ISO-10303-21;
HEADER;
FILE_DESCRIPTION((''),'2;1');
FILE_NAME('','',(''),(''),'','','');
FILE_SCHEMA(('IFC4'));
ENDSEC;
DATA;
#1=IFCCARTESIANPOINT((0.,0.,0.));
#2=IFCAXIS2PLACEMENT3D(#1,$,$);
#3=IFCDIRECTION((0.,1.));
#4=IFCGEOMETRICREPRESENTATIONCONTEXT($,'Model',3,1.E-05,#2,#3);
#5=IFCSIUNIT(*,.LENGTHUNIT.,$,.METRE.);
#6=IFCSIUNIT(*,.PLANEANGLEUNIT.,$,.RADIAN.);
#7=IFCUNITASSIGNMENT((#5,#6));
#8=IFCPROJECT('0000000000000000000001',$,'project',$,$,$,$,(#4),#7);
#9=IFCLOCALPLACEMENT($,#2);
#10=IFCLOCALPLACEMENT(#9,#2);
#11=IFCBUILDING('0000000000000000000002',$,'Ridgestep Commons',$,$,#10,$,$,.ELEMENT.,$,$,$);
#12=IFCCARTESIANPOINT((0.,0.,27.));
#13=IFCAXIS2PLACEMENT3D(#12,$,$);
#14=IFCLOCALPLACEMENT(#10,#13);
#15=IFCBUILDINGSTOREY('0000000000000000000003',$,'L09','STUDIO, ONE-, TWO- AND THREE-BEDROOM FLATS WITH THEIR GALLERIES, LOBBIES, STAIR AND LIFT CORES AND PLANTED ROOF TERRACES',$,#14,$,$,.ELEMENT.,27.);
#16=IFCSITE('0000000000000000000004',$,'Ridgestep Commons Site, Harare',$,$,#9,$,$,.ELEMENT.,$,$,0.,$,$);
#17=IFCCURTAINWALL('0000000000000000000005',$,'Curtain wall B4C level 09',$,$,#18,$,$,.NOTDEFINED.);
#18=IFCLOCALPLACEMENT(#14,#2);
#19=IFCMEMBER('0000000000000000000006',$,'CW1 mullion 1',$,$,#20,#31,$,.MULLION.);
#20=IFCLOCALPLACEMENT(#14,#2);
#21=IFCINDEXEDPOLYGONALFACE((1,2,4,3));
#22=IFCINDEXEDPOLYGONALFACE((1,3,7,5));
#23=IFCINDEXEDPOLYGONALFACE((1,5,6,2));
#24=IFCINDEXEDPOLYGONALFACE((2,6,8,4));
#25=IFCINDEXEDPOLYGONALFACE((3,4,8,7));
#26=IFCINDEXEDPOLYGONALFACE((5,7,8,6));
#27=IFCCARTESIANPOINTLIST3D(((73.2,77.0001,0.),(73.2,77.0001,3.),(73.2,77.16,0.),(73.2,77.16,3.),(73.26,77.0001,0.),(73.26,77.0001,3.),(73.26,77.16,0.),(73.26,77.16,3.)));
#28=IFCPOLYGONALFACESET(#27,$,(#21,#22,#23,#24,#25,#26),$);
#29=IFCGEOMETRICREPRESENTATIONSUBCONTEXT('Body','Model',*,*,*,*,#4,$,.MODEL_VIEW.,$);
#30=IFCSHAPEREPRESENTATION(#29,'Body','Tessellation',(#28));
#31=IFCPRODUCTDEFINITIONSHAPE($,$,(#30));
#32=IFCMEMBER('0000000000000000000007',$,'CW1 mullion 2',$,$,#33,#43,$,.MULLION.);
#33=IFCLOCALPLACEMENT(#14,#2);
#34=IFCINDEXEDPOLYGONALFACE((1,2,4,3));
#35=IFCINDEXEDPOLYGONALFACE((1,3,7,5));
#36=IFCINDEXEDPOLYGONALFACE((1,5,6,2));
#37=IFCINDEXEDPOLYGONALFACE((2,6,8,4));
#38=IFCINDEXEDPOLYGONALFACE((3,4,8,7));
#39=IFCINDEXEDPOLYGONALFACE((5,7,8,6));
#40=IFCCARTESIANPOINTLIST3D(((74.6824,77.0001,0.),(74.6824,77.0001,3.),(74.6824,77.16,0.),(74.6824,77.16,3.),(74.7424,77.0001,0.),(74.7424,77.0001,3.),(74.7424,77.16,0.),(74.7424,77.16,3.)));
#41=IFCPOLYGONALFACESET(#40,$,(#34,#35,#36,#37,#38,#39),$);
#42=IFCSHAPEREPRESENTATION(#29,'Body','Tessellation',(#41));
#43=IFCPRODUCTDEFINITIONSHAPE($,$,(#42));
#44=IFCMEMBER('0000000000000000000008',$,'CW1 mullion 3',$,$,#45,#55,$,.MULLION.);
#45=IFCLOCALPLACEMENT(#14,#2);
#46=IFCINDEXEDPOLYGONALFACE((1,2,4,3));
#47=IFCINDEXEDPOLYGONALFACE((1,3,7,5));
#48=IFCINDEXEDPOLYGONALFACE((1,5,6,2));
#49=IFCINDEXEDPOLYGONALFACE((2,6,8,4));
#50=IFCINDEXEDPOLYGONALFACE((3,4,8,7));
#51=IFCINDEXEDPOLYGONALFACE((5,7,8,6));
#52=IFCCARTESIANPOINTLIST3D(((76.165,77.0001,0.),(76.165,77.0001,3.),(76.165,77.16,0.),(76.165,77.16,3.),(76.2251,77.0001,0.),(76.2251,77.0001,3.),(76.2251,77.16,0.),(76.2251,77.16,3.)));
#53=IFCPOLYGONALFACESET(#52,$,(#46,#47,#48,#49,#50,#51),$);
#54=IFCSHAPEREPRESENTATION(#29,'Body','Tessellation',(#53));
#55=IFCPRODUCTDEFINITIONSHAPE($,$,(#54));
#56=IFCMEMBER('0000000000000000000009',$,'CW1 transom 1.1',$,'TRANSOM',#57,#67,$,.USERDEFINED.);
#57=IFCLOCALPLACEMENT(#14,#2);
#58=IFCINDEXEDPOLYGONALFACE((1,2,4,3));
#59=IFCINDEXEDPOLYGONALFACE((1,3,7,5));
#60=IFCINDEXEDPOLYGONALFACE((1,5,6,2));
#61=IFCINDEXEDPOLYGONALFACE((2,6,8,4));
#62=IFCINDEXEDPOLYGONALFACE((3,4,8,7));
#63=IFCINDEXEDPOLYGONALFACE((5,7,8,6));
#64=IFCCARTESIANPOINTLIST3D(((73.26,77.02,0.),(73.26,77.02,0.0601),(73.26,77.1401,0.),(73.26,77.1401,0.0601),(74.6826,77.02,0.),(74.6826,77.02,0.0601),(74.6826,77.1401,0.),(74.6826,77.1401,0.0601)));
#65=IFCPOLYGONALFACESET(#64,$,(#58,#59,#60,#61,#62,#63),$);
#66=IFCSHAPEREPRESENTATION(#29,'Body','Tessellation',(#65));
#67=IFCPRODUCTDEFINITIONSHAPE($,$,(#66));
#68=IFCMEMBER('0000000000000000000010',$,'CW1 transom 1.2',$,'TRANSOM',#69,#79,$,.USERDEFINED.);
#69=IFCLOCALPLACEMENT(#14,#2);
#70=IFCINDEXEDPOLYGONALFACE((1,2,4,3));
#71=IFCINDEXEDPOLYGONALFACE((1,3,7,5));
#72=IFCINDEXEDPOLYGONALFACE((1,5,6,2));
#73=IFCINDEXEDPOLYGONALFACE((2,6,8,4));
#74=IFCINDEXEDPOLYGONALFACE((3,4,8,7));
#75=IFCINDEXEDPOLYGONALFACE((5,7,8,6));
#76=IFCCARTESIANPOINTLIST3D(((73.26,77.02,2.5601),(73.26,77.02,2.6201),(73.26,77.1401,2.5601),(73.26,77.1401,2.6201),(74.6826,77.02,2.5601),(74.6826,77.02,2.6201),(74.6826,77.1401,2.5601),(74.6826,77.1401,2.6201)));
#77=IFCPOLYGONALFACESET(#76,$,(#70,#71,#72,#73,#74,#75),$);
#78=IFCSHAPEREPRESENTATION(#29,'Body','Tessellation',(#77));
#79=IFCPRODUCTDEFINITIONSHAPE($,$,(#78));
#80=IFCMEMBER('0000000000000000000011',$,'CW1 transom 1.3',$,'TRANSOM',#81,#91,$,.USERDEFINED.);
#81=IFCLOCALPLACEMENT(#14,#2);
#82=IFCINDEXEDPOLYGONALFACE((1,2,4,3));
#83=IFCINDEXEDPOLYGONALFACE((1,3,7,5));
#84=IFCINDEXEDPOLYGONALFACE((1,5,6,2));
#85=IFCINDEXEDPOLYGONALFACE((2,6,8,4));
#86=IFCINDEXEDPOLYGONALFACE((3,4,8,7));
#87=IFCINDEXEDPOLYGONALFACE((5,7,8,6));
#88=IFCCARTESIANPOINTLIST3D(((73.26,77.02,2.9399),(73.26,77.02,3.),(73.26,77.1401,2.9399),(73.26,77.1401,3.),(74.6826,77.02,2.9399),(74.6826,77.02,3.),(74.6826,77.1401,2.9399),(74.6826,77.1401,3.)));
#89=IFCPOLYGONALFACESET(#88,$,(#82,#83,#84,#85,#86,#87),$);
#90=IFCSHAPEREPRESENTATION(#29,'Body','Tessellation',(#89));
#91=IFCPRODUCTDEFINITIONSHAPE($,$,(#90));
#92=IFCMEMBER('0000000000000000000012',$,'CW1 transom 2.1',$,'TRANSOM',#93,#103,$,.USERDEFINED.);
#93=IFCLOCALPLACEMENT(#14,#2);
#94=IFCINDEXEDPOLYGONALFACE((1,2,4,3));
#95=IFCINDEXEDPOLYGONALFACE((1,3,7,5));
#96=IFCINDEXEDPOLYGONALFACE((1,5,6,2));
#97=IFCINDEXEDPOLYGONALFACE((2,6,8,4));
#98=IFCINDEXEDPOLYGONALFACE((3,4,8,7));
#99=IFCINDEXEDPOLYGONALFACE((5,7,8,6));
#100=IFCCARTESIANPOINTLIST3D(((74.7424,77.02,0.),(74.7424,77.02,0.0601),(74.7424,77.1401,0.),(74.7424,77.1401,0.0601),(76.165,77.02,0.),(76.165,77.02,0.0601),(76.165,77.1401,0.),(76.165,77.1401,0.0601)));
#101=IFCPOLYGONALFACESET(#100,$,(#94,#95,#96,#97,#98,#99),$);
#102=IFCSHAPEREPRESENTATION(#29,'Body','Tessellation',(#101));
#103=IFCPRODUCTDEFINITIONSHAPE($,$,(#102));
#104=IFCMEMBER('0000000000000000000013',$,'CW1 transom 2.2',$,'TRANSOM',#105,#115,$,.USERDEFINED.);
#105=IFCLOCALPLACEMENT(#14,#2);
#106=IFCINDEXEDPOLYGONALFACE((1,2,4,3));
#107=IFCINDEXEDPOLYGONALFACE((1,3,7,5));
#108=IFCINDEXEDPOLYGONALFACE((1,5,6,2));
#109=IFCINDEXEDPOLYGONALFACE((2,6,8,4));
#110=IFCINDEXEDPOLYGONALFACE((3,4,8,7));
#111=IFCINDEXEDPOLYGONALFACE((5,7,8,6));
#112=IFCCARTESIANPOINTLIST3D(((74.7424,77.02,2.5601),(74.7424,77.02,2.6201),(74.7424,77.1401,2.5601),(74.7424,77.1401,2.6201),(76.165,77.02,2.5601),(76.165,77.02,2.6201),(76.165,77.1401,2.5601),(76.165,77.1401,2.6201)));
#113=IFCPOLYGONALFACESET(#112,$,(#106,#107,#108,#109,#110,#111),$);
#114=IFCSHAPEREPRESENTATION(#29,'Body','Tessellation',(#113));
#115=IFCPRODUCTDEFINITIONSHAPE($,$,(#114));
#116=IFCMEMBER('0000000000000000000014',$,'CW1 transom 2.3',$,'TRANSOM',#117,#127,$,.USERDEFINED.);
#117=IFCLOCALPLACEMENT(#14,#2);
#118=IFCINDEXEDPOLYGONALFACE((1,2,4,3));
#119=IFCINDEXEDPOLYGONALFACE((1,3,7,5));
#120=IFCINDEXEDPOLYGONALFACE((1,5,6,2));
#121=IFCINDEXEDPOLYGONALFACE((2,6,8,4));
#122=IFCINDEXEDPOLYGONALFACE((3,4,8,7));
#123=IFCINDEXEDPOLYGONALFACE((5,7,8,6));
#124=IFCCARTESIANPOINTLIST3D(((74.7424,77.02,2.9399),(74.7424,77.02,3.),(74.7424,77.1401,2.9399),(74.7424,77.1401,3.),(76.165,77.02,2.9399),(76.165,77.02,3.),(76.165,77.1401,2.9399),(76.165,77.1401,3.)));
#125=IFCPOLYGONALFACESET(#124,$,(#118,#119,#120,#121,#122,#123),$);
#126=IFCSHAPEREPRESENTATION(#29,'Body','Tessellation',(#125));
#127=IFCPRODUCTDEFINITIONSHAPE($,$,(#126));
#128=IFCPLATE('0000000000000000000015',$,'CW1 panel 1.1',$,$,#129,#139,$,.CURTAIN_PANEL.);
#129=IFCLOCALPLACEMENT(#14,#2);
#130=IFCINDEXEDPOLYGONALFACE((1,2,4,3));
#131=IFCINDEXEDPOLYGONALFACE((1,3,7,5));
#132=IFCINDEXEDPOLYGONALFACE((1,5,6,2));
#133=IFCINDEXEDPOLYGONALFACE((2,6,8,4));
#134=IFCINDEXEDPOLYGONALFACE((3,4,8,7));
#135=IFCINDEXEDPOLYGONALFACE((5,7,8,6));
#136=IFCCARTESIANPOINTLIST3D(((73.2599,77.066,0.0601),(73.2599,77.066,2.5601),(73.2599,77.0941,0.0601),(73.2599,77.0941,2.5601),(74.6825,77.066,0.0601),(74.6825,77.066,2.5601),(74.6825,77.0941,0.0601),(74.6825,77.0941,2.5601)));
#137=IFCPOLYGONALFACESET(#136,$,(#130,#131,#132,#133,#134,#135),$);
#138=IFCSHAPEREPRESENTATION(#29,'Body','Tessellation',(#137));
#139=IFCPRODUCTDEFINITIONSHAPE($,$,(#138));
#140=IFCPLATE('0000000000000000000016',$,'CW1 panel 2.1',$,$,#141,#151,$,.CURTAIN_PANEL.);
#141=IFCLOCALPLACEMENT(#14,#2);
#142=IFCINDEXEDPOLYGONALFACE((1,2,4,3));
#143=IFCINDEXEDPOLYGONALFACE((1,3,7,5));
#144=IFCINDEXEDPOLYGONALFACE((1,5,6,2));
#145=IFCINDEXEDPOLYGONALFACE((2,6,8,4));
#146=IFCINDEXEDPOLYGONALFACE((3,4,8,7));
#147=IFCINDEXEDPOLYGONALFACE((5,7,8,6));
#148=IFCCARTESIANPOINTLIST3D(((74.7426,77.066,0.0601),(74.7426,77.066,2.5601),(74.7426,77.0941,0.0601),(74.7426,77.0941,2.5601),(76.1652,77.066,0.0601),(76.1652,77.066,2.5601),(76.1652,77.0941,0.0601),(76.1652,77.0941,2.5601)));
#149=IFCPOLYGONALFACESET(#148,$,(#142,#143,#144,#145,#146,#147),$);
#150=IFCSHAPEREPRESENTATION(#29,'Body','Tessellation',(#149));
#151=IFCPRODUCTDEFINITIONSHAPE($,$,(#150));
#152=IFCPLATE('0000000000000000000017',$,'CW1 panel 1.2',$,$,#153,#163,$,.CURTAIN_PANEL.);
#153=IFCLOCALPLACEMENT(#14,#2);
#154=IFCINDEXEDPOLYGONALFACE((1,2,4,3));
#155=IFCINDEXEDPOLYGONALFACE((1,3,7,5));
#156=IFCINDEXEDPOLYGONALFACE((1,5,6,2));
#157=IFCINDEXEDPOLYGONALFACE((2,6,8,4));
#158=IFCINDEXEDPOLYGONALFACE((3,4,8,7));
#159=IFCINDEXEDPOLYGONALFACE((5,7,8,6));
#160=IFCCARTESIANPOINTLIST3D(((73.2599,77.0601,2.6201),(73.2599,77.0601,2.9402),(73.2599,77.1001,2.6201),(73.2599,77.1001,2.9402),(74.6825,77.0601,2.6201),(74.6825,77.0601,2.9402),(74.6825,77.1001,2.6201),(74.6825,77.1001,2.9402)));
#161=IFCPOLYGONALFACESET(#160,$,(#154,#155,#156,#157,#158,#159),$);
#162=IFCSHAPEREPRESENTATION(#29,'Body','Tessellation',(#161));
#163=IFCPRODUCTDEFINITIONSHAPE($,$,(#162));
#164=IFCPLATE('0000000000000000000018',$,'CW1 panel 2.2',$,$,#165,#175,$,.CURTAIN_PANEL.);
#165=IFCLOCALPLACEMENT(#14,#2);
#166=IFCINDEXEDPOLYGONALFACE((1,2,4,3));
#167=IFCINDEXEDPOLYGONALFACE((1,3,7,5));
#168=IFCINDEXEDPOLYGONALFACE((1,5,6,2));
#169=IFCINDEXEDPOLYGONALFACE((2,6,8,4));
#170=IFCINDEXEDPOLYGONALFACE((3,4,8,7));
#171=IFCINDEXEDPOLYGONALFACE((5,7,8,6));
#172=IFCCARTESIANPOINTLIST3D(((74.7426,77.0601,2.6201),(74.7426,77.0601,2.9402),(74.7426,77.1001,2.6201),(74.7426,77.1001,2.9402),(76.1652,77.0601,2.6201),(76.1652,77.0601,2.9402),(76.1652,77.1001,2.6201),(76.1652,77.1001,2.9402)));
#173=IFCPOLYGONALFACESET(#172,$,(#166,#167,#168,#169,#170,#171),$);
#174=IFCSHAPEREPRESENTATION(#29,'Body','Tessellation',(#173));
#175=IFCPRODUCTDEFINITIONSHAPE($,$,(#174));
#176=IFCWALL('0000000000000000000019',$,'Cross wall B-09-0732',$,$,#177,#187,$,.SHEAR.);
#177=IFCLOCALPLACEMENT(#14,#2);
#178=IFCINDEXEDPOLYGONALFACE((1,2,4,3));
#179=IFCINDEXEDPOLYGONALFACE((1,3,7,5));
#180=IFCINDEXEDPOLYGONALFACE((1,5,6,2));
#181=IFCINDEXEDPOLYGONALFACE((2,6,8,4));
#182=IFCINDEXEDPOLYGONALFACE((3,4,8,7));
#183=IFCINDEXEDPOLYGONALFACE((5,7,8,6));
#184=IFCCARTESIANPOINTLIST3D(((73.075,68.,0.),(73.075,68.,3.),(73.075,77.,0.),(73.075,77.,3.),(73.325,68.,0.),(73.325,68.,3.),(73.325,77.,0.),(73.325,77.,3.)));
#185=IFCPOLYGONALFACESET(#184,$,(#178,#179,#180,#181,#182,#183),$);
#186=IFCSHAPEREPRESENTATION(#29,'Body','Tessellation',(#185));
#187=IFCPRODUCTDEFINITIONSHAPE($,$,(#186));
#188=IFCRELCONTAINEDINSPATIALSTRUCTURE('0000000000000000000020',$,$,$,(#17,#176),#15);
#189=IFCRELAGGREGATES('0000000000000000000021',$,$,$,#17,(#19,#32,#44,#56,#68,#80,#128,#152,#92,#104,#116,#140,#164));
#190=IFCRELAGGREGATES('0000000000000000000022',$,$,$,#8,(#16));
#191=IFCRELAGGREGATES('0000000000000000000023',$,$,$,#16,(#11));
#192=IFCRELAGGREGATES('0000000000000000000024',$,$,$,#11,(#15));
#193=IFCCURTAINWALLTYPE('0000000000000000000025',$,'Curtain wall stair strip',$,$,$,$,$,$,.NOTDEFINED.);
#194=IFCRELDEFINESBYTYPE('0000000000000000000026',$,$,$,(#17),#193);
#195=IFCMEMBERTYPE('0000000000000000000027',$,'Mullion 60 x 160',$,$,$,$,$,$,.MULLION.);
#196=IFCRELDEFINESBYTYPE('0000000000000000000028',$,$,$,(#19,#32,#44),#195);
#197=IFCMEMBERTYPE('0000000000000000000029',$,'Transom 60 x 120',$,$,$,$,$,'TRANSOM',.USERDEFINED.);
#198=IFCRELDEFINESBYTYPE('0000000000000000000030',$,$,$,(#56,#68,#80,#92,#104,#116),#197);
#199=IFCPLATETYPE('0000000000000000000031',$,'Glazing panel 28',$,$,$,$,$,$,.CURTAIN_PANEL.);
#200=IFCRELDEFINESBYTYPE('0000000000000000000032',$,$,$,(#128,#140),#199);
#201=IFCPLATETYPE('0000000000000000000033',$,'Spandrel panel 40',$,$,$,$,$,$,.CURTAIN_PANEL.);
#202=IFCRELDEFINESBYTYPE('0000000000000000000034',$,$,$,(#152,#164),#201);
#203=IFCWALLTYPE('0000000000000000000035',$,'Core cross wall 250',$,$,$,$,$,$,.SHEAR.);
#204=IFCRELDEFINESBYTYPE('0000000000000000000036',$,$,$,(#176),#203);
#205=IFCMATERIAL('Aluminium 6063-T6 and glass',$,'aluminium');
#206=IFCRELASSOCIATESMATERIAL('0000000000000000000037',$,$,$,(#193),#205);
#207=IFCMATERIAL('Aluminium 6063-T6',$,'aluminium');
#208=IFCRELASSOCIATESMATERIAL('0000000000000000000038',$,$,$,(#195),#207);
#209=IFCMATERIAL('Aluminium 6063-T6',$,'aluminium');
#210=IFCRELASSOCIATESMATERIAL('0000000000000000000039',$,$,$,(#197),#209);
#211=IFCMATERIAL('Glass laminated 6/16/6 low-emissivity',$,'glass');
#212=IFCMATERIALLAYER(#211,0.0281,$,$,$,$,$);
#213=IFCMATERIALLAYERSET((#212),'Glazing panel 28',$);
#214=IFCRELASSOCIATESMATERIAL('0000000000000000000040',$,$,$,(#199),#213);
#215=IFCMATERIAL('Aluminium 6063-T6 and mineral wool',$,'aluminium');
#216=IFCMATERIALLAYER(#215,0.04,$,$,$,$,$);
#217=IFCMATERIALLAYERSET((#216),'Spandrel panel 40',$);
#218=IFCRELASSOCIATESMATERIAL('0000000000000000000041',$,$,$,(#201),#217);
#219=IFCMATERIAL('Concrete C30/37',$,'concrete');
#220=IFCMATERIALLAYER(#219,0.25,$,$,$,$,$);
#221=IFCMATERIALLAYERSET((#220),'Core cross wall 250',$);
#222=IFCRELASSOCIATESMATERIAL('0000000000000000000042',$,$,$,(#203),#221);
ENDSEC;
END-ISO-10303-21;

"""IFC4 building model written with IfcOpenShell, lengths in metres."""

from ifc_helpers import new_model, si_unit, direction, frame, frame_2d, origin, origin_2d, place, context, subcontext, project, spatial, rectangle, extrude, material, layer, layer_set, material_profile, profile_set, type_object, element, aggregate, save


model = new_model("IFC4")

# Units and contexts
model_context = context("Model", 3, precision=1e-05, world=origin(), true_north=direction((0.0, 1.0)))
body_context = subcontext(model_context, "Body", "Model", "MODEL_VIEW")
ifc_project = project(units=[si_unit("LENGTHUNIT", "METRE"), si_unit("PLANEANGLEUNIT", "RADIAN")], contexts=[model_context])

# Site, building, storey
site_placement = place(None, origin())
site = spatial("IfcSite", under=ifc_project, at=site_placement, Name="Ridgestep Commons Site, Harare", CompositionType="ELEMENT", RefElevation=0.0)
building_placement = place(site_placement, origin())
building = spatial("IfcBuilding", under=site, at=building_placement, Name="Ridgestep Commons", CompositionType="ELEMENT")
storey_placement = place(building_placement, frame((0.0, 0.0, 27.0)))
storey = spatial("IfcBuildingStorey", under=building, at=storey_placement, Name="L09", Description="STUDIO, ONE-, TWO- AND THREE-BEDROOM FLATS WITH THEIR GALLERIES, LOBBIES, STAIR AND LIFT CORES AND PLANTED ROOF TERRACES", CompositionType="ELEMENT", Elevation=27.0)

# Curtain wall, members, plates
ifc_material_1 = material(Name="Aluminium 6063-T6 and glass", Category="aluminium")
curtain_wall_type = type_object("IfcCurtainWallType", Name="Curtain wall stair strip", PredefinedType="NOTDEFINED", material=ifc_material_1)
curtain_wall_placement = place(storey_placement, origin())
curtain_wall = element("IfcCurtainWall", 1, at=curtain_wall_placement, inside=storey, type_object=curtain_wall_type, Name="Curtain wall B4C level 09", PredefinedType="NOTDEFINED")
ifc_material_2 = material(Name="Aluminium 6063-T6", Category="aluminium")
ifc_material_profile_1 = material_profile(ifc_material_2, rectangle(XDim=0.1599, YDim=0.0601, at=origin_2d()), Name="Mullion 60 x 160")
ifc_profile_set_1 = profile_set([ifc_material_profile_1], Name="Aluminium 6063-T6")
member_type_1 = type_object("IfcMemberType", Name="Mullion 60 x 160", PredefinedType="MULLION", material=ifc_profile_set_1)
member_1_placement = place(storey_placement, frame((73.23, 77.0801, 0.0), z_axis=(0.0, 0.0, 1.0), x_axis=(0.0, 1.0, 0.0)))
member_1 = element("IfcMember", 2, at=member_1_placement, type_object=member_type_1, Name="CW1 mullion 1", PredefinedType="MULLION", context=body_context, shape_type="SweptSolid", body=[
    extrude(rectangle(XDim=0.1599, YDim=0.0601, at=origin_2d()), origin(), (0.0, 0.0, 1.0), 3.0),
])
member_2_placement = place(storey_placement, frame((74.7124, 77.0801, 0.0), z_axis=(0.0, 0.0, 1.0), x_axis=(0.0, 1.0, 0.0)))
member_2 = element("IfcMember", 3, at=member_2_placement, type_object=member_type_1, Name="CW1 mullion 2", PredefinedType="MULLION", context=body_context, shape_type="SweptSolid", body=[
    extrude(rectangle(XDim=0.1599, YDim=0.0601, at=origin_2d()), origin(), (0.0, 0.0, 1.0), 3.0),
])
member_3_placement = place(storey_placement, frame((76.1951, 77.0801, 0.0), z_axis=(0.0, 0.0, 1.0), x_axis=(0.0, 1.0, 0.0)))
member_3 = element("IfcMember", 4, at=member_3_placement, type_object=member_type_1, Name="CW1 mullion 3", PredefinedType="MULLION", context=body_context, shape_type="SweptSolid", body=[
    extrude(rectangle(XDim=0.1599, YDim=0.0601, at=origin_2d()), origin(), (0.0, 0.0, 1.0), 3.0),
])
ifc_material_3 = material(Name="Aluminium 6063-T6", Category="aluminium")
ifc_material_profile_2 = material_profile(ifc_material_3, rectangle(XDim=0.1201, YDim=0.0601, at=origin_2d()), Name="Transom 60 x 120")
ifc_profile_set_2 = profile_set([ifc_material_profile_2], Name="Aluminium 6063-T6")
member_type_2 = type_object("IfcMemberType", Name="Transom 60 x 120", ElementType="TRANSOM", PredefinedType="USERDEFINED", material=ifc_profile_set_2)
member_4_placement = place(storey_placement, frame((73.26, 77.0801, 0.03), z_axis=(1.0, 0.0, 0.0), x_axis=(0.0, 1.0, 0.0)))
member_4 = element("IfcMember", 5, at=member_4_placement, type_object=member_type_2, Name="CW1 transom 1.1", ObjectType="TRANSOM", PredefinedType="USERDEFINED", context=body_context, shape_type="SweptSolid", body=[
    extrude(rectangle(XDim=0.1201, YDim=0.0601, at=origin_2d()), origin(), (0.0, 0.0, 1.0), 1.4226),
])
member_5_placement = place(storey_placement, frame((73.26, 77.0801, 2.5901), z_axis=(1.0, 0.0, 0.0), x_axis=(0.0, 1.0, 0.0)))
member_5 = element("IfcMember", 6, at=member_5_placement, type_object=member_type_2, Name="CW1 transom 1.2", ObjectType="TRANSOM", PredefinedType="USERDEFINED", context=body_context, shape_type="SweptSolid", body=[
    extrude(rectangle(XDim=0.1201, YDim=0.0601, at=origin_2d()), origin(), (0.0, 0.0, 1.0), 1.4226),
])
member_6_placement = place(storey_placement, frame((73.26, 77.0801, 2.97), z_axis=(1.0, 0.0, 0.0), x_axis=(0.0, 1.0, 0.0)))
member_6 = element("IfcMember", 7, at=member_6_placement, type_object=member_type_2, Name="CW1 transom 1.3", ObjectType="TRANSOM", PredefinedType="USERDEFINED", context=body_context, shape_type="SweptSolid", body=[
    extrude(rectangle(XDim=0.1201, YDim=0.0601, at=origin_2d()), origin(), (0.0, 0.0, 1.0), 1.4226),
])
member_7_placement = place(storey_placement, frame((74.7424, 77.0801, 0.03), z_axis=(1.0, 0.0, 0.0), x_axis=(0.0, 1.0, 0.0)))
member_7 = element("IfcMember", 8, at=member_7_placement, type_object=member_type_2, Name="CW1 transom 2.1", ObjectType="TRANSOM", PredefinedType="USERDEFINED", context=body_context, shape_type="SweptSolid", body=[
    extrude(rectangle(XDim=0.1201, YDim=0.0601, at=origin_2d()), origin(), (0.0, 0.0, 1.0), 1.4226),
])
member_8_placement = place(storey_placement, frame((74.7424, 77.0801, 2.5901), z_axis=(1.0, 0.0, 0.0), x_axis=(0.0, 1.0, 0.0)))
member_8 = element("IfcMember", 9, at=member_8_placement, type_object=member_type_2, Name="CW1 transom 2.2", ObjectType="TRANSOM", PredefinedType="USERDEFINED", context=body_context, shape_type="SweptSolid", body=[
    extrude(rectangle(XDim=0.1201, YDim=0.0601, at=origin_2d()), origin(), (0.0, 0.0, 1.0), 1.4226),
])
member_9_placement = place(storey_placement, frame((74.7424, 77.0801, 2.97), z_axis=(1.0, 0.0, 0.0), x_axis=(0.0, 1.0, 0.0)))
member_9 = element("IfcMember", 10, at=member_9_placement, type_object=member_type_2, Name="CW1 transom 2.3", ObjectType="TRANSOM", PredefinedType="USERDEFINED", context=body_context, shape_type="SweptSolid", body=[
    extrude(rectangle(XDim=0.1201, YDim=0.0601, at=origin_2d()), origin(), (0.0, 0.0, 1.0), 1.4226),
])
ifc_material_4 = material(Name="Glass laminated 6/16/6 low-emissivity", Category="glass")
ifc_layer_1 = layer(ifc_material_4, 0.0281)
ifc_layer_set_1 = layer_set([ifc_layer_1], Name="Glazing panel 28")
plate_type_1 = type_object("IfcPlateType", Name="Glazing panel 28", PredefinedType="CURTAIN_PANEL", material=ifc_layer_set_1)
plate_1_placement = place(storey_placement, frame((73.9712, 77.0801, 0.0601), z_axis=(0.0, 0.0, 1.0), x_axis=(1.0, 0.0, 0.0)))
plate_1 = element("IfcPlate", 11, at=plate_1_placement, type_object=plate_type_1, Name="CW1 panel 1.1", PredefinedType="CURTAIN_PANEL", context=body_context, shape_type="SweptSolid", body=[
    extrude(rectangle(XDim=1.4226, YDim=0.0281, at=origin_2d()), origin(), (0.0, 0.0, 1.0), 2.5),
])
plate_2_placement = place(storey_placement, frame((75.4539, 77.0801, 0.0601), z_axis=(0.0, 0.0, 1.0), x_axis=(1.0, 0.0, 0.0)))
plate_2 = element("IfcPlate", 12, at=plate_2_placement, type_object=plate_type_1, Name="CW1 panel 2.1", PredefinedType="CURTAIN_PANEL", context=body_context, shape_type="SweptSolid", body=[
    extrude(rectangle(XDim=1.4226, YDim=0.0281, at=origin_2d()), origin(), (0.0, 0.0, 1.0), 2.5),
])
ifc_material_5 = material(Name="Aluminium 6063-T6 and mineral wool", Category="aluminium")
ifc_layer_2 = layer(ifc_material_5, 0.04)
ifc_layer_set_2 = layer_set([ifc_layer_2], Name="Spandrel panel 40")
plate_type_2 = type_object("IfcPlateType", Name="Spandrel panel 40", PredefinedType="CURTAIN_PANEL", material=ifc_layer_set_2)
plate_3_placement = place(storey_placement, frame((73.9712, 77.0801, 2.6201), z_axis=(0.0, 0.0, 1.0), x_axis=(1.0, 0.0, 0.0)))
plate_3 = element("IfcPlate", 13, at=plate_3_placement, type_object=plate_type_2, Name="CW1 panel 1.2", PredefinedType="CURTAIN_PANEL", context=body_context, shape_type="SweptSolid", body=[
    extrude(rectangle(XDim=1.4226, YDim=0.04, at=origin_2d()), origin(), (0.0, 0.0, 1.0), 0.3201),
])
plate_4_placement = place(storey_placement, frame((75.4539, 77.0801, 2.6201), z_axis=(0.0, 0.0, 1.0), x_axis=(1.0, 0.0, 0.0)))
plate_4 = element("IfcPlate", 14, at=plate_4_placement, type_object=plate_type_2, Name="CW1 panel 2.2", PredefinedType="CURTAIN_PANEL", context=body_context, shape_type="SweptSolid", body=[
    extrude(rectangle(XDim=1.4226, YDim=0.04, at=origin_2d()), origin(), (0.0, 0.0, 1.0), 0.3201),
])
aggregate(curtain_wall, [member_1, member_2, member_3, member_4, member_5, member_6, plate_1, plate_3, member_7, member_8, member_9, plate_2, plate_4])

# Wall
ifc_material_6 = material(Name="Concrete C30/37", Category="concrete")
ifc_layer_3 = layer(ifc_material_6, 0.25)
ifc_layer_set_3 = layer_set([ifc_layer_3], Name="Core cross wall 250")
wall_type_1 = type_object("IfcWallType", Name="Core cross wall 250", PredefinedType="SHEAR", material=ifc_layer_set_3)
wall_1_placement = place(storey_placement, frame((73.2, 68.0, 0.0), z_axis=(0.0, 0.0, 1.0), x_axis=(0.0, 1.0, 0.0)))
element("IfcWall", 15, at=wall_1_placement, inside=storey, type_object=wall_type_1, Name="Cross wall B-09-0732", PredefinedType="SHEAR", context=body_context, shape_type="SweptSolid", body=[
    extrude(rectangle(XDim=9.0, YDim=0.25, at=frame_2d((4.5, 0.0))), origin(), (0.0, 0.0, 1.0), 3.0),
])

save(model, "model.ifc")
